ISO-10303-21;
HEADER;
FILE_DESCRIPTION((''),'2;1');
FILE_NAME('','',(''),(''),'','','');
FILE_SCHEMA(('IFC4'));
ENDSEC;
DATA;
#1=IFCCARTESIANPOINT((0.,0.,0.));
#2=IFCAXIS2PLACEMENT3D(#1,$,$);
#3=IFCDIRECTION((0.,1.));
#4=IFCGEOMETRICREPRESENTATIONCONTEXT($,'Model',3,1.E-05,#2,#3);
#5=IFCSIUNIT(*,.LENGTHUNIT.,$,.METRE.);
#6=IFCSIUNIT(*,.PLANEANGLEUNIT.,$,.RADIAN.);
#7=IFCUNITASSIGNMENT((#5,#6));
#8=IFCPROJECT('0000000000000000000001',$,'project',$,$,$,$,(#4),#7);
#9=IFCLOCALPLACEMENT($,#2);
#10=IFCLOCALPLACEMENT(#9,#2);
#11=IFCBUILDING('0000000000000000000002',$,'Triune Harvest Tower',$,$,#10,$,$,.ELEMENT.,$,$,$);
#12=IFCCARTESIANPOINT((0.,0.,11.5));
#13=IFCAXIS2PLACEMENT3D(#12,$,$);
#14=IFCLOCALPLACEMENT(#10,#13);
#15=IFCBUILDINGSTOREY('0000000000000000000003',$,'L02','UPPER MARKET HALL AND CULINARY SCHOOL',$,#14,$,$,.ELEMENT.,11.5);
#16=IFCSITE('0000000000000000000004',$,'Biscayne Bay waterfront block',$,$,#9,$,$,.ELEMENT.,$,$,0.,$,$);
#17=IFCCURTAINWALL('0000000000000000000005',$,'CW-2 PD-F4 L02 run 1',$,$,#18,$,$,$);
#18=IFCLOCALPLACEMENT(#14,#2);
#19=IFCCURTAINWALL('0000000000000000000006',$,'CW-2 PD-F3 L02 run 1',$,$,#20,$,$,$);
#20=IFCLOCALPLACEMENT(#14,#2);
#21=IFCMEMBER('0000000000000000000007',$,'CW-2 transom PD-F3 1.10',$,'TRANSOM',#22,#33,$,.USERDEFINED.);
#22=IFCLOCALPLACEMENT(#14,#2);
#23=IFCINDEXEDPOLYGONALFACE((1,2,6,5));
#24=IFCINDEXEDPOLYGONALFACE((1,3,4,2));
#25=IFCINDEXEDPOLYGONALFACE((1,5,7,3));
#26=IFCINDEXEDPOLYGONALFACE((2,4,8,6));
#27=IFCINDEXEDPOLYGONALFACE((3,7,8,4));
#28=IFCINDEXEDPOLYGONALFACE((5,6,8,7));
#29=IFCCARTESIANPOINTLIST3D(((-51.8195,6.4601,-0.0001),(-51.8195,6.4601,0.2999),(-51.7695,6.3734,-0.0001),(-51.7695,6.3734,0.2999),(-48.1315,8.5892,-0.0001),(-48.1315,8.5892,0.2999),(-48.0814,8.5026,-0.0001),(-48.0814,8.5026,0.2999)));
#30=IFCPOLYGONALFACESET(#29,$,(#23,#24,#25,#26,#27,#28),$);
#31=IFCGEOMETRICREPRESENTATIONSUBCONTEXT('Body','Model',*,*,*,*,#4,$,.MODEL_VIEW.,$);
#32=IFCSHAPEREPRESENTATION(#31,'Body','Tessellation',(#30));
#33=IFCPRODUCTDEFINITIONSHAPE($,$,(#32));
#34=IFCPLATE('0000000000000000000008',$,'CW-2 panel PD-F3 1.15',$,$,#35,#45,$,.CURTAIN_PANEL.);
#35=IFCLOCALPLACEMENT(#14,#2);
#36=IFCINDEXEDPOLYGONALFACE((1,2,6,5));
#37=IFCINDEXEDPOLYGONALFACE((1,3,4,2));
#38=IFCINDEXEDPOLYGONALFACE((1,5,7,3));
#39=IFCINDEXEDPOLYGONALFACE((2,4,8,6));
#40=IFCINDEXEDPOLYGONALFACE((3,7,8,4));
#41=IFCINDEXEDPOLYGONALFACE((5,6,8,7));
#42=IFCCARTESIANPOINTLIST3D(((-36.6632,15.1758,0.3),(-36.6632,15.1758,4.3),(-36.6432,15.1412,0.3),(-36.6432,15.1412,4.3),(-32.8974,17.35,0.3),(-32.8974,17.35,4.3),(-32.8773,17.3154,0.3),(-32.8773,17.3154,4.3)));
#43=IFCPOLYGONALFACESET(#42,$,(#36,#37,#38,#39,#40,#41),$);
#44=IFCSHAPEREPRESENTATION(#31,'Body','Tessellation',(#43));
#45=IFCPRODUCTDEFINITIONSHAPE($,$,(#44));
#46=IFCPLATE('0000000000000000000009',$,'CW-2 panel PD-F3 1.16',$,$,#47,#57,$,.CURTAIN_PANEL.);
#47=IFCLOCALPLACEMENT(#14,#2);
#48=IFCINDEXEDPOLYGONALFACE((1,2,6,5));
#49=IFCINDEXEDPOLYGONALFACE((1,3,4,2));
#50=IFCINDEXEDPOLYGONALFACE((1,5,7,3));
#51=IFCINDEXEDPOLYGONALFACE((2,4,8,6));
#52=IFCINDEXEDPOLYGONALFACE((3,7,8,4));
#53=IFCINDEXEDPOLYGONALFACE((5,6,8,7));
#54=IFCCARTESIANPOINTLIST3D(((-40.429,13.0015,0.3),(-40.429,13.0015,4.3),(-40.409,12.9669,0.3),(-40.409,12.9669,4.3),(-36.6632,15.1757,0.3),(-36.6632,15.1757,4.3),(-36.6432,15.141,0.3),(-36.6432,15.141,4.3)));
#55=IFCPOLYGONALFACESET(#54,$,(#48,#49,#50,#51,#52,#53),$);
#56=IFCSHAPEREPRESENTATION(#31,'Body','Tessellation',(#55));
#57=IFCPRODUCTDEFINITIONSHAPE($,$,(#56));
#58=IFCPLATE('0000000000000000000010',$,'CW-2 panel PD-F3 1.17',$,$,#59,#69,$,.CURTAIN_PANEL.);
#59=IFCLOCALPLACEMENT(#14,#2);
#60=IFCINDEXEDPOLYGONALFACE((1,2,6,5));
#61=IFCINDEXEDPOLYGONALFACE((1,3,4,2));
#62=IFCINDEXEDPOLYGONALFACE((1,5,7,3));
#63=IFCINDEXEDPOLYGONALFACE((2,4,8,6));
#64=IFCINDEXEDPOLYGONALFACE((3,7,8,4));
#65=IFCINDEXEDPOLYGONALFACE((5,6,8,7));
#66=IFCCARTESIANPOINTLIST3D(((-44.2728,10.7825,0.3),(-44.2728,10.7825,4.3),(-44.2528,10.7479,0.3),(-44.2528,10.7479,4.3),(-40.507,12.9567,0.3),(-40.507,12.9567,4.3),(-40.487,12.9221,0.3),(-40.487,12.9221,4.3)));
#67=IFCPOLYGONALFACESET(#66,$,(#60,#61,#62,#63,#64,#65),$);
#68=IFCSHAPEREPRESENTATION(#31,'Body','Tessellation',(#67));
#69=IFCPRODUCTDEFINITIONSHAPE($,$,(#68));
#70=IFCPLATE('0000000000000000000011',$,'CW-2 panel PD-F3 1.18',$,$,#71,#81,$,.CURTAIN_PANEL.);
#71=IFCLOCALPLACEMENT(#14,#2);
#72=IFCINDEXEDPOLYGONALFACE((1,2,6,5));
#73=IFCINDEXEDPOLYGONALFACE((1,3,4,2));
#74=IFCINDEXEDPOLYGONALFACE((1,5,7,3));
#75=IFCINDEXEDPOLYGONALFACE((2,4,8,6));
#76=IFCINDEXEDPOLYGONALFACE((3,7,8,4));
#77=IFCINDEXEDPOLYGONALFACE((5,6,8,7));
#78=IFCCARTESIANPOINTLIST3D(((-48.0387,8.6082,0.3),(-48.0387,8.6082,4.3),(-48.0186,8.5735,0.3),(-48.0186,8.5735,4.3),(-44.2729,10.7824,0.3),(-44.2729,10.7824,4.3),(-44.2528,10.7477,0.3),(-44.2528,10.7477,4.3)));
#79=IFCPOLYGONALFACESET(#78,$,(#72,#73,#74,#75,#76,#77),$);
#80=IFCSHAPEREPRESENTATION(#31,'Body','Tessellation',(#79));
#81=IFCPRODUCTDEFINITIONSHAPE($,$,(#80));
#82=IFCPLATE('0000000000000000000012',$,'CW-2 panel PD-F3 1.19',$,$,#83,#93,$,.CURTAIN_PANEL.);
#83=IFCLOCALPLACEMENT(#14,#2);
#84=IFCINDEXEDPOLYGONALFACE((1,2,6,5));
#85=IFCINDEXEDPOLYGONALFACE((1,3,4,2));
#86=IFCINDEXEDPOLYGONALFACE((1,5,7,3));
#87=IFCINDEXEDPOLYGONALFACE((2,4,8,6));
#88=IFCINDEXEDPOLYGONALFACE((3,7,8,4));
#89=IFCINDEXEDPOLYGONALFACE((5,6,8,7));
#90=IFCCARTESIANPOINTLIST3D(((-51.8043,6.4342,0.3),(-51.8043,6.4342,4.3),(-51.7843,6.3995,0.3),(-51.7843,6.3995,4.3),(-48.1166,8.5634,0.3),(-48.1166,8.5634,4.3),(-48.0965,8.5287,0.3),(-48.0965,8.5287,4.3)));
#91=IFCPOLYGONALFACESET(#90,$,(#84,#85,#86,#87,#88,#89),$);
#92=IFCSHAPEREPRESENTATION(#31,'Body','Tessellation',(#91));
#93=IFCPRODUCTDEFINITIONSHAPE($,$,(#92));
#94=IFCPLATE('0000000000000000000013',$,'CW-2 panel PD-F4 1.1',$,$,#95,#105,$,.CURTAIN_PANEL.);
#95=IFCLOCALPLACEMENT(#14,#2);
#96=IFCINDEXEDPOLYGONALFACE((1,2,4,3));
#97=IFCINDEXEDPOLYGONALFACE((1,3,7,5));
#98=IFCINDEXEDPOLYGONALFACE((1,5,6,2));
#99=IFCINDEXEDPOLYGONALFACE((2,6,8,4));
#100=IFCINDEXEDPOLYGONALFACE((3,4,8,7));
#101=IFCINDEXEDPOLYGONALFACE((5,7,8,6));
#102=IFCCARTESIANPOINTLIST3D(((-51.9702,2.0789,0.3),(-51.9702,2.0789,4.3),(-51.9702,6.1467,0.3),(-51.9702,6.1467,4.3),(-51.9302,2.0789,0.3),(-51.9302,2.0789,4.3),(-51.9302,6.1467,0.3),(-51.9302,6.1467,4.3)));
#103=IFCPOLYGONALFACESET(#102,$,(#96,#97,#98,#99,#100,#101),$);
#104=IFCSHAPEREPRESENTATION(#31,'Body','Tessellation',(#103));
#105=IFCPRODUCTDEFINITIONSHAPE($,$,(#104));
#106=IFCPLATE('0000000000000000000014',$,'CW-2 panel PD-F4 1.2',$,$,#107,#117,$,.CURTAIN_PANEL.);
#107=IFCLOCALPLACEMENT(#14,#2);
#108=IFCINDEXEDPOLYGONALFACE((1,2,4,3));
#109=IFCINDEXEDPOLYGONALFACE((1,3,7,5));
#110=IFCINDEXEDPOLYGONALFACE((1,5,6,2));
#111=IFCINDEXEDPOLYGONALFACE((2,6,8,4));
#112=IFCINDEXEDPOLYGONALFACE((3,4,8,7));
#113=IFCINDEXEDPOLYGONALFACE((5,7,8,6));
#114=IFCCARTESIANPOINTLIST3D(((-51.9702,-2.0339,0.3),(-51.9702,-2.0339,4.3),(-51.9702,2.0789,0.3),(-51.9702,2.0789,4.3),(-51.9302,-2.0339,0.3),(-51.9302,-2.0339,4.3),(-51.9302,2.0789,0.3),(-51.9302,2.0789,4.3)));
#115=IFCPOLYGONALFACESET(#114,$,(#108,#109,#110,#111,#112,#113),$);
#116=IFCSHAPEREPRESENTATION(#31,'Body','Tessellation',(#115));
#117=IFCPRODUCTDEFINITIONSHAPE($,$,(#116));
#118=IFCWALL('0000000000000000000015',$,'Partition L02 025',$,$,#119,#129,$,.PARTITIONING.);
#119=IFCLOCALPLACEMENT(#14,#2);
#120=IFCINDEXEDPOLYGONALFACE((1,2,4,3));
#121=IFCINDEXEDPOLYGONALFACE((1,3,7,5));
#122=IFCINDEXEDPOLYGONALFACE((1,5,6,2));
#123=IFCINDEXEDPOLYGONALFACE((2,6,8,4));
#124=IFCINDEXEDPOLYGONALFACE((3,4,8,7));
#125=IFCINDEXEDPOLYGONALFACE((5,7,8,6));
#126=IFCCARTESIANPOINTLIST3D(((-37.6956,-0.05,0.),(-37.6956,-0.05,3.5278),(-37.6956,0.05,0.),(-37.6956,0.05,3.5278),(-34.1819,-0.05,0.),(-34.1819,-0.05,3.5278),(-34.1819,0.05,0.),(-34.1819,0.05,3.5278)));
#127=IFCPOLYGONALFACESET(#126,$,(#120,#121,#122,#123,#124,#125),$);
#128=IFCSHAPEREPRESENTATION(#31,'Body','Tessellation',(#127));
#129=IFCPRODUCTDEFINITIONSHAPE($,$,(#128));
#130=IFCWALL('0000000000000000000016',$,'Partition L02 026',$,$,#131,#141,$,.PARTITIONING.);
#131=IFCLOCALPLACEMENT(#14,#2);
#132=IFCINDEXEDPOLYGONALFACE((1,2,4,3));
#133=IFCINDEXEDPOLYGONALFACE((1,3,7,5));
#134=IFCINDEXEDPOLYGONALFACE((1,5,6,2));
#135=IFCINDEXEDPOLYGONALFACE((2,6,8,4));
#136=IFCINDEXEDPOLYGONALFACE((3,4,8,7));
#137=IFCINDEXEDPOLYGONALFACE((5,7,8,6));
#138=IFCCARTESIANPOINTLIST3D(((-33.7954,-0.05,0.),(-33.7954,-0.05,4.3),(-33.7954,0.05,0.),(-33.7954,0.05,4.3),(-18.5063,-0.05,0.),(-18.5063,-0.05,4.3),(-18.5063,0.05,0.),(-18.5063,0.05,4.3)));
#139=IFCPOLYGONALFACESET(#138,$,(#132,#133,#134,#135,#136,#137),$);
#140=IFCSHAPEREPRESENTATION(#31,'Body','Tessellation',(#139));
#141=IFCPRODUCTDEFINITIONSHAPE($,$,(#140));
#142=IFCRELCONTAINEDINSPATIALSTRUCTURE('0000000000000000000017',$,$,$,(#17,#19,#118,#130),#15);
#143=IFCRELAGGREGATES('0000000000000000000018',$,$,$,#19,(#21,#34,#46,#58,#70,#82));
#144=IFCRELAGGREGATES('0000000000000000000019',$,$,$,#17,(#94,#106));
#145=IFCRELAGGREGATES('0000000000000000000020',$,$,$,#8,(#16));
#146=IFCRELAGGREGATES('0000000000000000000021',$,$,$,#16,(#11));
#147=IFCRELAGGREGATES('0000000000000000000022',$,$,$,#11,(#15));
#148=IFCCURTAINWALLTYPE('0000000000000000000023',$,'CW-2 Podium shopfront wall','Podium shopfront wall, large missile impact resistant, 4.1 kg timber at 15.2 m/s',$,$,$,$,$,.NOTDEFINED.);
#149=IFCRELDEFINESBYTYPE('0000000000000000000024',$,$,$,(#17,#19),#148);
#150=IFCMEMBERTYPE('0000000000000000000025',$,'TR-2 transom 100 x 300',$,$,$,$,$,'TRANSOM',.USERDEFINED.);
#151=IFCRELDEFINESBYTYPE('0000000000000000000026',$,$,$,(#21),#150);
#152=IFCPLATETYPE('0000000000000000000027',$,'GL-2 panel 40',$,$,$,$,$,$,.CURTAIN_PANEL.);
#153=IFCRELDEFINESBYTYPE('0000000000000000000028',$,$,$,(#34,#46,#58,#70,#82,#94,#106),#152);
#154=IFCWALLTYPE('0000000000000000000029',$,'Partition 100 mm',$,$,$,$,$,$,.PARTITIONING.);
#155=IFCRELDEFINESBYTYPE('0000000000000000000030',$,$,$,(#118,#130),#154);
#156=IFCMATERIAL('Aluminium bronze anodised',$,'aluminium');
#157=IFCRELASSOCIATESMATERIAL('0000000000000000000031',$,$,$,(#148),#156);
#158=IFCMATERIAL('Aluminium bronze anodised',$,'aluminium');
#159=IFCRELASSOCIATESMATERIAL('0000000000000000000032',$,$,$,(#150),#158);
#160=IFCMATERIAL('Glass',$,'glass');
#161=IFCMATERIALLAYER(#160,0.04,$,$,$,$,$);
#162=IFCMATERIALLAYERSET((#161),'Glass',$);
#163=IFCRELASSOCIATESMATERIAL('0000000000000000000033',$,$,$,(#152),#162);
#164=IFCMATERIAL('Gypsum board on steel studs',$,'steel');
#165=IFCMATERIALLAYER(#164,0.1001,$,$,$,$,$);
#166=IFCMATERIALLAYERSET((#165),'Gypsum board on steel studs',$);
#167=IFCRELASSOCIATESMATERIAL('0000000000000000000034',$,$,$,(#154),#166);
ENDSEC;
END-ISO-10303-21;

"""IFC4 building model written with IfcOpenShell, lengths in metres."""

from ifc_helpers import new_model, si_unit, direction, frame, frame_2d, origin, origin_2d, place, context, subcontext, project, spatial, rectangle, extrude, source, transform, mapped, material, layer, layer_set, material_profile, profile_set, type_object, element, aggregate, save


model = new_model("IFC4")

# Units and contexts
model_context = context("Model", 3, precision=1e-05, world=origin(), true_north=direction((0.0, 1.0)))
body_context = subcontext(model_context, "Body", "Model", "MODEL_VIEW")
ifc_project = project(units=[si_unit("LENGTHUNIT", "METRE"), si_unit("PLANEANGLEUNIT", "RADIAN")], contexts=[model_context])

# Site, building, storey
site_placement = place(None, origin())
site = spatial("IfcSite", under=ifc_project, at=site_placement, Name="Biscayne Bay waterfront block", CompositionType="ELEMENT", RefElevation=0.0)
building_placement = place(site_placement, origin())
building = spatial("IfcBuilding", under=site, at=building_placement, Name="Triune Harvest Tower", CompositionType="ELEMENT")
storey_placement = place(building_placement, frame((0.0, 0.0, 11.5)))
storey = spatial("IfcBuildingStorey", under=building, at=storey_placement, Name="L02", Description="UPPER MARKET HALL AND CULINARY SCHOOL", CompositionType="ELEMENT", Elevation=11.5)

# Curtain wall
ifc_material_1 = material(Name="Aluminium bronze anodised", Category="aluminium")
curtain_wall_type = type_object("IfcCurtainWallType", Name="CW-2 Podium shopfront wall", Description="Podium shopfront wall, large missile impact resistant, 4.1 kg timber at 15.2 m/s", PredefinedType="NOTDEFINED", material=ifc_material_1)
curtain_wall_1_placement = place(storey_placement, origin())
curtain_wall_1 = element("IfcCurtainWall", 1, at=curtain_wall_1_placement, inside=storey, type_object=curtain_wall_type, Name="CW-2 PD-F4 L02 run 1")
ifc_material_2 = material(Name="Aluminium bronze anodised", Category="aluminium")
ifc_material_profile_1 = material_profile(ifc_material_2, rectangle(XDim=0.1001, YDim=0.3, at=origin_2d()), Name="TR-2 transom 100 x 300")
ifc_profile_set_1 = profile_set([ifc_material_profile_1], Name="Aluminium bronze anodised")
member_type_1 = type_object("IfcMemberType", Name="TR-2 transom 100 x 300", ElementType="TRANSOM", PredefinedType="USERDEFINED", material=ifc_profile_set_1)

# Curtain wall
curtain_wall_2_placement = place(storey_placement, origin())
curtain_wall_2 = element("IfcCurtainWall", 2, at=curtain_wall_2_placement, inside=storey, type_object=curtain_wall_type, Name="CW-2 PD-F3 L02 run 1")

# Member
shared_shape_1 = source(origin(), body_context, "Body", "SweptSolid", [
    extrude(rectangle(XDim=0.1001, YDim=0.3, at=origin_2d()), origin(), (0.0, 0.0, 1.0), 4.2585),
])
member_1_placement = place(storey_placement, frame((-48.1064, 8.5459, 0.1499), z_axis=(-0.866037, -0.499981, 0.0), x_axis=(0.499981, -0.866037, 0.0)))
member_1 = element("IfcMember", 3, at=member_1_placement, type_object=member_type_1, Name="CW-2 transom PD-F3 1.10", ObjectType="TRANSOM", PredefinedType="USERDEFINED", context=body_context, shape_type="MappedRepresentation", body=[
    mapped(shared_shape_1, transform((0.0, 0.0, 0.0), scale=1.0)),
])

# Plates
ifc_material_3 = material(Name="Glass", Category="glass")
ifc_layer_1 = layer(ifc_material_3, 0.04)
ifc_layer_set_1 = layer_set([ifc_layer_1], Name="Glass")
plate_type = type_object("IfcPlateType", Name="GL-2 panel 40", PredefinedType="CURTAIN_PANEL", material=ifc_layer_set_1)
shared_shape_2 = source(origin(), body_context, "Body", "SweptSolid", [
    extrude(rectangle(XDim=4.3484, YDim=0.04, at=origin_2d()), origin(), (0.0, 0.0, 1.0), 4.0),
])
plate_1_placement = place(storey_placement, frame((-34.7703, 16.2456, 0.3), z_axis=(0.0, 0.0, 1.0), x_axis=(-0.866025, -0.5, 0.0)))
plate_1 = element("IfcPlate", 4, at=plate_1_placement, type_object=plate_type, Name="CW-2 panel PD-F3 1.15", PredefinedType="CURTAIN_PANEL", context=body_context, shape_type="MappedRepresentation", body=[
    mapped(shared_shape_2, transform((0.0, 0.0, 0.0), scale=1.0)),
])
plate_2_placement = place(storey_placement, frame((-38.5361, 14.0713, 0.3), z_axis=(0.0, 0.0, 1.0), x_axis=(-0.866025, -0.5, 0.0)))
plate_2 = element("IfcPlate", 5, at=plate_2_placement, type_object=plate_type, Name="CW-2 panel PD-F3 1.16", PredefinedType="CURTAIN_PANEL", context=body_context, shape_type="MappedRepresentation", body=[
    mapped(shared_shape_2, transform((0.0, 0.0, 0.0), scale=1.0)),
])
plate_3_placement = place(storey_placement, frame((-42.3799, 11.8523, 0.3), z_axis=(0.0, 0.0, 1.0), x_axis=(-0.866025, -0.5, 0.0)))
plate_3 = element("IfcPlate", 6, at=plate_3_placement, type_object=plate_type, Name="CW-2 panel PD-F3 1.17", PredefinedType="CURTAIN_PANEL", context=body_context, shape_type="MappedRepresentation", body=[
    mapped(shared_shape_2, transform((0.0, 0.0, 0.0), scale=1.0)),
])
plate_4_placement = place(storey_placement, frame((-46.1458, 9.678, 0.3), z_axis=(0.0, 0.0, 1.0), x_axis=(-0.866025, -0.5, 0.0)))
plate_4 = element("IfcPlate", 7, at=plate_4_placement, type_object=plate_type, Name="CW-2 panel PD-F3 1.18", PredefinedType="CURTAIN_PANEL", context=body_context, shape_type="MappedRepresentation", body=[
    mapped(shared_shape_2, transform((0.0, 0.0, 0.0), scale=1.0)),
])
shared_shape_3 = source(origin(), body_context, "Body", "SweptSolid", [
    extrude(rectangle(XDim=4.2583, YDim=0.04, at=origin_2d()), origin(), (0.0, 0.0, 1.0), 4.0),
])
plate_5_placement = place(storey_placement, frame((-49.9504, 7.4814, 0.3), z_axis=(0.0, 0.0, 1.0), x_axis=(-0.866025, -0.5, 0.0)))
plate_5 = element("IfcPlate", 8, at=plate_5_placement, type_object=plate_type, Name="CW-2 panel PD-F3 1.19", PredefinedType="CURTAIN_PANEL", context=body_context, shape_type="MappedRepresentation", body=[
    mapped(shared_shape_3, transform((0.0, 0.0, 0.0), scale=1.0)),
])
aggregate(curtain_wall_2, [member_1, plate_1, plate_2, plate_3, plate_4, plate_5])
shared_shape_4 = source(origin(), body_context, "Body", "SweptSolid", [
    extrude(rectangle(XDim=4.0679, YDim=0.04, at=origin_2d()), origin(), (0.0, 0.0, 1.0), 4.0),
])
plate_6_placement = place(storey_placement, frame((-51.9502, 4.1128, 0.3), z_axis=(0.0, 0.0, 1.0), x_axis=(0.0, -1.0, 0.0)))
plate_6 = element("IfcPlate", 9, at=plate_6_placement, type_object=plate_type, Name="CW-2 panel PD-F4 1.1", PredefinedType="CURTAIN_PANEL", context=body_context, shape_type="MappedRepresentation", body=[
    mapped(shared_shape_4, transform((0.0, 0.0, 0.0), scale=1.0)),
])
shared_shape_5 = source(origin(), body_context, "Body", "SweptSolid", [
    extrude(rectangle(XDim=4.1128, YDim=0.04, at=origin_2d()), origin(), (0.0, 0.0, 1.0), 4.0),
])
plate_7_placement = place(storey_placement, frame((-51.9502, 0.0225, 0.3), z_axis=(0.0, 0.0, 1.0), x_axis=(0.0, -1.0, 0.0)))
plate_7 = element("IfcPlate", 10, at=plate_7_placement, type_object=plate_type, Name="CW-2 panel PD-F4 1.2", PredefinedType="CURTAIN_PANEL", context=body_context, shape_type="MappedRepresentation", body=[
    mapped(shared_shape_5, transform((0.0, 0.0, 0.0), scale=1.0)),
])
aggregate(curtain_wall_1, [plate_6, plate_7])

# Walls
ifc_material_4 = material(Name="Gypsum board on steel studs", Category="steel")
ifc_layer_2 = layer(ifc_material_4, 0.1001)
ifc_layer_set_2 = layer_set([ifc_layer_2], Name="Gypsum board on steel studs")
wall_type = type_object("IfcWallType", Name="Partition 100 mm", PredefinedType="PARTITIONING", material=ifc_layer_set_2)
wall_1_placement = place(storey_placement, frame((-37.6956, 0.0, 0.0), z_axis=(0.0, 0.0, 1.0), x_axis=(1.0, 0.0, 0.0)))
element("IfcWall", 11, at=wall_1_placement, inside=storey, type_object=wall_type, Name="Partition L02 025", PredefinedType="PARTITIONING", context=body_context, shape_type="SweptSolid", body=[
    extrude(rectangle(XDim=3.5137, YDim=0.1001, at=frame_2d((1.7568, 0.0))), origin(), (0.0, 0.0, 1.0), 3.5278),
])
wall_2_placement = place(storey_placement, frame((-33.7954, 0.0, 0.0), z_axis=(0.0, 0.0, 1.0), x_axis=(1.0, 0.0, 0.0)))
element("IfcWall", 12, at=wall_2_placement, inside=storey, type_object=wall_type, Name="Partition L02 026", PredefinedType="PARTITIONING", context=body_context, shape_type="SweptSolid", body=[
    extrude(rectangle(XDim=15.2891, YDim=0.1001, at=frame_2d((7.6445, 0.0))), origin(), (0.0, 0.0, 1.0), 4.3),
])

save(model, "model.ifc")
